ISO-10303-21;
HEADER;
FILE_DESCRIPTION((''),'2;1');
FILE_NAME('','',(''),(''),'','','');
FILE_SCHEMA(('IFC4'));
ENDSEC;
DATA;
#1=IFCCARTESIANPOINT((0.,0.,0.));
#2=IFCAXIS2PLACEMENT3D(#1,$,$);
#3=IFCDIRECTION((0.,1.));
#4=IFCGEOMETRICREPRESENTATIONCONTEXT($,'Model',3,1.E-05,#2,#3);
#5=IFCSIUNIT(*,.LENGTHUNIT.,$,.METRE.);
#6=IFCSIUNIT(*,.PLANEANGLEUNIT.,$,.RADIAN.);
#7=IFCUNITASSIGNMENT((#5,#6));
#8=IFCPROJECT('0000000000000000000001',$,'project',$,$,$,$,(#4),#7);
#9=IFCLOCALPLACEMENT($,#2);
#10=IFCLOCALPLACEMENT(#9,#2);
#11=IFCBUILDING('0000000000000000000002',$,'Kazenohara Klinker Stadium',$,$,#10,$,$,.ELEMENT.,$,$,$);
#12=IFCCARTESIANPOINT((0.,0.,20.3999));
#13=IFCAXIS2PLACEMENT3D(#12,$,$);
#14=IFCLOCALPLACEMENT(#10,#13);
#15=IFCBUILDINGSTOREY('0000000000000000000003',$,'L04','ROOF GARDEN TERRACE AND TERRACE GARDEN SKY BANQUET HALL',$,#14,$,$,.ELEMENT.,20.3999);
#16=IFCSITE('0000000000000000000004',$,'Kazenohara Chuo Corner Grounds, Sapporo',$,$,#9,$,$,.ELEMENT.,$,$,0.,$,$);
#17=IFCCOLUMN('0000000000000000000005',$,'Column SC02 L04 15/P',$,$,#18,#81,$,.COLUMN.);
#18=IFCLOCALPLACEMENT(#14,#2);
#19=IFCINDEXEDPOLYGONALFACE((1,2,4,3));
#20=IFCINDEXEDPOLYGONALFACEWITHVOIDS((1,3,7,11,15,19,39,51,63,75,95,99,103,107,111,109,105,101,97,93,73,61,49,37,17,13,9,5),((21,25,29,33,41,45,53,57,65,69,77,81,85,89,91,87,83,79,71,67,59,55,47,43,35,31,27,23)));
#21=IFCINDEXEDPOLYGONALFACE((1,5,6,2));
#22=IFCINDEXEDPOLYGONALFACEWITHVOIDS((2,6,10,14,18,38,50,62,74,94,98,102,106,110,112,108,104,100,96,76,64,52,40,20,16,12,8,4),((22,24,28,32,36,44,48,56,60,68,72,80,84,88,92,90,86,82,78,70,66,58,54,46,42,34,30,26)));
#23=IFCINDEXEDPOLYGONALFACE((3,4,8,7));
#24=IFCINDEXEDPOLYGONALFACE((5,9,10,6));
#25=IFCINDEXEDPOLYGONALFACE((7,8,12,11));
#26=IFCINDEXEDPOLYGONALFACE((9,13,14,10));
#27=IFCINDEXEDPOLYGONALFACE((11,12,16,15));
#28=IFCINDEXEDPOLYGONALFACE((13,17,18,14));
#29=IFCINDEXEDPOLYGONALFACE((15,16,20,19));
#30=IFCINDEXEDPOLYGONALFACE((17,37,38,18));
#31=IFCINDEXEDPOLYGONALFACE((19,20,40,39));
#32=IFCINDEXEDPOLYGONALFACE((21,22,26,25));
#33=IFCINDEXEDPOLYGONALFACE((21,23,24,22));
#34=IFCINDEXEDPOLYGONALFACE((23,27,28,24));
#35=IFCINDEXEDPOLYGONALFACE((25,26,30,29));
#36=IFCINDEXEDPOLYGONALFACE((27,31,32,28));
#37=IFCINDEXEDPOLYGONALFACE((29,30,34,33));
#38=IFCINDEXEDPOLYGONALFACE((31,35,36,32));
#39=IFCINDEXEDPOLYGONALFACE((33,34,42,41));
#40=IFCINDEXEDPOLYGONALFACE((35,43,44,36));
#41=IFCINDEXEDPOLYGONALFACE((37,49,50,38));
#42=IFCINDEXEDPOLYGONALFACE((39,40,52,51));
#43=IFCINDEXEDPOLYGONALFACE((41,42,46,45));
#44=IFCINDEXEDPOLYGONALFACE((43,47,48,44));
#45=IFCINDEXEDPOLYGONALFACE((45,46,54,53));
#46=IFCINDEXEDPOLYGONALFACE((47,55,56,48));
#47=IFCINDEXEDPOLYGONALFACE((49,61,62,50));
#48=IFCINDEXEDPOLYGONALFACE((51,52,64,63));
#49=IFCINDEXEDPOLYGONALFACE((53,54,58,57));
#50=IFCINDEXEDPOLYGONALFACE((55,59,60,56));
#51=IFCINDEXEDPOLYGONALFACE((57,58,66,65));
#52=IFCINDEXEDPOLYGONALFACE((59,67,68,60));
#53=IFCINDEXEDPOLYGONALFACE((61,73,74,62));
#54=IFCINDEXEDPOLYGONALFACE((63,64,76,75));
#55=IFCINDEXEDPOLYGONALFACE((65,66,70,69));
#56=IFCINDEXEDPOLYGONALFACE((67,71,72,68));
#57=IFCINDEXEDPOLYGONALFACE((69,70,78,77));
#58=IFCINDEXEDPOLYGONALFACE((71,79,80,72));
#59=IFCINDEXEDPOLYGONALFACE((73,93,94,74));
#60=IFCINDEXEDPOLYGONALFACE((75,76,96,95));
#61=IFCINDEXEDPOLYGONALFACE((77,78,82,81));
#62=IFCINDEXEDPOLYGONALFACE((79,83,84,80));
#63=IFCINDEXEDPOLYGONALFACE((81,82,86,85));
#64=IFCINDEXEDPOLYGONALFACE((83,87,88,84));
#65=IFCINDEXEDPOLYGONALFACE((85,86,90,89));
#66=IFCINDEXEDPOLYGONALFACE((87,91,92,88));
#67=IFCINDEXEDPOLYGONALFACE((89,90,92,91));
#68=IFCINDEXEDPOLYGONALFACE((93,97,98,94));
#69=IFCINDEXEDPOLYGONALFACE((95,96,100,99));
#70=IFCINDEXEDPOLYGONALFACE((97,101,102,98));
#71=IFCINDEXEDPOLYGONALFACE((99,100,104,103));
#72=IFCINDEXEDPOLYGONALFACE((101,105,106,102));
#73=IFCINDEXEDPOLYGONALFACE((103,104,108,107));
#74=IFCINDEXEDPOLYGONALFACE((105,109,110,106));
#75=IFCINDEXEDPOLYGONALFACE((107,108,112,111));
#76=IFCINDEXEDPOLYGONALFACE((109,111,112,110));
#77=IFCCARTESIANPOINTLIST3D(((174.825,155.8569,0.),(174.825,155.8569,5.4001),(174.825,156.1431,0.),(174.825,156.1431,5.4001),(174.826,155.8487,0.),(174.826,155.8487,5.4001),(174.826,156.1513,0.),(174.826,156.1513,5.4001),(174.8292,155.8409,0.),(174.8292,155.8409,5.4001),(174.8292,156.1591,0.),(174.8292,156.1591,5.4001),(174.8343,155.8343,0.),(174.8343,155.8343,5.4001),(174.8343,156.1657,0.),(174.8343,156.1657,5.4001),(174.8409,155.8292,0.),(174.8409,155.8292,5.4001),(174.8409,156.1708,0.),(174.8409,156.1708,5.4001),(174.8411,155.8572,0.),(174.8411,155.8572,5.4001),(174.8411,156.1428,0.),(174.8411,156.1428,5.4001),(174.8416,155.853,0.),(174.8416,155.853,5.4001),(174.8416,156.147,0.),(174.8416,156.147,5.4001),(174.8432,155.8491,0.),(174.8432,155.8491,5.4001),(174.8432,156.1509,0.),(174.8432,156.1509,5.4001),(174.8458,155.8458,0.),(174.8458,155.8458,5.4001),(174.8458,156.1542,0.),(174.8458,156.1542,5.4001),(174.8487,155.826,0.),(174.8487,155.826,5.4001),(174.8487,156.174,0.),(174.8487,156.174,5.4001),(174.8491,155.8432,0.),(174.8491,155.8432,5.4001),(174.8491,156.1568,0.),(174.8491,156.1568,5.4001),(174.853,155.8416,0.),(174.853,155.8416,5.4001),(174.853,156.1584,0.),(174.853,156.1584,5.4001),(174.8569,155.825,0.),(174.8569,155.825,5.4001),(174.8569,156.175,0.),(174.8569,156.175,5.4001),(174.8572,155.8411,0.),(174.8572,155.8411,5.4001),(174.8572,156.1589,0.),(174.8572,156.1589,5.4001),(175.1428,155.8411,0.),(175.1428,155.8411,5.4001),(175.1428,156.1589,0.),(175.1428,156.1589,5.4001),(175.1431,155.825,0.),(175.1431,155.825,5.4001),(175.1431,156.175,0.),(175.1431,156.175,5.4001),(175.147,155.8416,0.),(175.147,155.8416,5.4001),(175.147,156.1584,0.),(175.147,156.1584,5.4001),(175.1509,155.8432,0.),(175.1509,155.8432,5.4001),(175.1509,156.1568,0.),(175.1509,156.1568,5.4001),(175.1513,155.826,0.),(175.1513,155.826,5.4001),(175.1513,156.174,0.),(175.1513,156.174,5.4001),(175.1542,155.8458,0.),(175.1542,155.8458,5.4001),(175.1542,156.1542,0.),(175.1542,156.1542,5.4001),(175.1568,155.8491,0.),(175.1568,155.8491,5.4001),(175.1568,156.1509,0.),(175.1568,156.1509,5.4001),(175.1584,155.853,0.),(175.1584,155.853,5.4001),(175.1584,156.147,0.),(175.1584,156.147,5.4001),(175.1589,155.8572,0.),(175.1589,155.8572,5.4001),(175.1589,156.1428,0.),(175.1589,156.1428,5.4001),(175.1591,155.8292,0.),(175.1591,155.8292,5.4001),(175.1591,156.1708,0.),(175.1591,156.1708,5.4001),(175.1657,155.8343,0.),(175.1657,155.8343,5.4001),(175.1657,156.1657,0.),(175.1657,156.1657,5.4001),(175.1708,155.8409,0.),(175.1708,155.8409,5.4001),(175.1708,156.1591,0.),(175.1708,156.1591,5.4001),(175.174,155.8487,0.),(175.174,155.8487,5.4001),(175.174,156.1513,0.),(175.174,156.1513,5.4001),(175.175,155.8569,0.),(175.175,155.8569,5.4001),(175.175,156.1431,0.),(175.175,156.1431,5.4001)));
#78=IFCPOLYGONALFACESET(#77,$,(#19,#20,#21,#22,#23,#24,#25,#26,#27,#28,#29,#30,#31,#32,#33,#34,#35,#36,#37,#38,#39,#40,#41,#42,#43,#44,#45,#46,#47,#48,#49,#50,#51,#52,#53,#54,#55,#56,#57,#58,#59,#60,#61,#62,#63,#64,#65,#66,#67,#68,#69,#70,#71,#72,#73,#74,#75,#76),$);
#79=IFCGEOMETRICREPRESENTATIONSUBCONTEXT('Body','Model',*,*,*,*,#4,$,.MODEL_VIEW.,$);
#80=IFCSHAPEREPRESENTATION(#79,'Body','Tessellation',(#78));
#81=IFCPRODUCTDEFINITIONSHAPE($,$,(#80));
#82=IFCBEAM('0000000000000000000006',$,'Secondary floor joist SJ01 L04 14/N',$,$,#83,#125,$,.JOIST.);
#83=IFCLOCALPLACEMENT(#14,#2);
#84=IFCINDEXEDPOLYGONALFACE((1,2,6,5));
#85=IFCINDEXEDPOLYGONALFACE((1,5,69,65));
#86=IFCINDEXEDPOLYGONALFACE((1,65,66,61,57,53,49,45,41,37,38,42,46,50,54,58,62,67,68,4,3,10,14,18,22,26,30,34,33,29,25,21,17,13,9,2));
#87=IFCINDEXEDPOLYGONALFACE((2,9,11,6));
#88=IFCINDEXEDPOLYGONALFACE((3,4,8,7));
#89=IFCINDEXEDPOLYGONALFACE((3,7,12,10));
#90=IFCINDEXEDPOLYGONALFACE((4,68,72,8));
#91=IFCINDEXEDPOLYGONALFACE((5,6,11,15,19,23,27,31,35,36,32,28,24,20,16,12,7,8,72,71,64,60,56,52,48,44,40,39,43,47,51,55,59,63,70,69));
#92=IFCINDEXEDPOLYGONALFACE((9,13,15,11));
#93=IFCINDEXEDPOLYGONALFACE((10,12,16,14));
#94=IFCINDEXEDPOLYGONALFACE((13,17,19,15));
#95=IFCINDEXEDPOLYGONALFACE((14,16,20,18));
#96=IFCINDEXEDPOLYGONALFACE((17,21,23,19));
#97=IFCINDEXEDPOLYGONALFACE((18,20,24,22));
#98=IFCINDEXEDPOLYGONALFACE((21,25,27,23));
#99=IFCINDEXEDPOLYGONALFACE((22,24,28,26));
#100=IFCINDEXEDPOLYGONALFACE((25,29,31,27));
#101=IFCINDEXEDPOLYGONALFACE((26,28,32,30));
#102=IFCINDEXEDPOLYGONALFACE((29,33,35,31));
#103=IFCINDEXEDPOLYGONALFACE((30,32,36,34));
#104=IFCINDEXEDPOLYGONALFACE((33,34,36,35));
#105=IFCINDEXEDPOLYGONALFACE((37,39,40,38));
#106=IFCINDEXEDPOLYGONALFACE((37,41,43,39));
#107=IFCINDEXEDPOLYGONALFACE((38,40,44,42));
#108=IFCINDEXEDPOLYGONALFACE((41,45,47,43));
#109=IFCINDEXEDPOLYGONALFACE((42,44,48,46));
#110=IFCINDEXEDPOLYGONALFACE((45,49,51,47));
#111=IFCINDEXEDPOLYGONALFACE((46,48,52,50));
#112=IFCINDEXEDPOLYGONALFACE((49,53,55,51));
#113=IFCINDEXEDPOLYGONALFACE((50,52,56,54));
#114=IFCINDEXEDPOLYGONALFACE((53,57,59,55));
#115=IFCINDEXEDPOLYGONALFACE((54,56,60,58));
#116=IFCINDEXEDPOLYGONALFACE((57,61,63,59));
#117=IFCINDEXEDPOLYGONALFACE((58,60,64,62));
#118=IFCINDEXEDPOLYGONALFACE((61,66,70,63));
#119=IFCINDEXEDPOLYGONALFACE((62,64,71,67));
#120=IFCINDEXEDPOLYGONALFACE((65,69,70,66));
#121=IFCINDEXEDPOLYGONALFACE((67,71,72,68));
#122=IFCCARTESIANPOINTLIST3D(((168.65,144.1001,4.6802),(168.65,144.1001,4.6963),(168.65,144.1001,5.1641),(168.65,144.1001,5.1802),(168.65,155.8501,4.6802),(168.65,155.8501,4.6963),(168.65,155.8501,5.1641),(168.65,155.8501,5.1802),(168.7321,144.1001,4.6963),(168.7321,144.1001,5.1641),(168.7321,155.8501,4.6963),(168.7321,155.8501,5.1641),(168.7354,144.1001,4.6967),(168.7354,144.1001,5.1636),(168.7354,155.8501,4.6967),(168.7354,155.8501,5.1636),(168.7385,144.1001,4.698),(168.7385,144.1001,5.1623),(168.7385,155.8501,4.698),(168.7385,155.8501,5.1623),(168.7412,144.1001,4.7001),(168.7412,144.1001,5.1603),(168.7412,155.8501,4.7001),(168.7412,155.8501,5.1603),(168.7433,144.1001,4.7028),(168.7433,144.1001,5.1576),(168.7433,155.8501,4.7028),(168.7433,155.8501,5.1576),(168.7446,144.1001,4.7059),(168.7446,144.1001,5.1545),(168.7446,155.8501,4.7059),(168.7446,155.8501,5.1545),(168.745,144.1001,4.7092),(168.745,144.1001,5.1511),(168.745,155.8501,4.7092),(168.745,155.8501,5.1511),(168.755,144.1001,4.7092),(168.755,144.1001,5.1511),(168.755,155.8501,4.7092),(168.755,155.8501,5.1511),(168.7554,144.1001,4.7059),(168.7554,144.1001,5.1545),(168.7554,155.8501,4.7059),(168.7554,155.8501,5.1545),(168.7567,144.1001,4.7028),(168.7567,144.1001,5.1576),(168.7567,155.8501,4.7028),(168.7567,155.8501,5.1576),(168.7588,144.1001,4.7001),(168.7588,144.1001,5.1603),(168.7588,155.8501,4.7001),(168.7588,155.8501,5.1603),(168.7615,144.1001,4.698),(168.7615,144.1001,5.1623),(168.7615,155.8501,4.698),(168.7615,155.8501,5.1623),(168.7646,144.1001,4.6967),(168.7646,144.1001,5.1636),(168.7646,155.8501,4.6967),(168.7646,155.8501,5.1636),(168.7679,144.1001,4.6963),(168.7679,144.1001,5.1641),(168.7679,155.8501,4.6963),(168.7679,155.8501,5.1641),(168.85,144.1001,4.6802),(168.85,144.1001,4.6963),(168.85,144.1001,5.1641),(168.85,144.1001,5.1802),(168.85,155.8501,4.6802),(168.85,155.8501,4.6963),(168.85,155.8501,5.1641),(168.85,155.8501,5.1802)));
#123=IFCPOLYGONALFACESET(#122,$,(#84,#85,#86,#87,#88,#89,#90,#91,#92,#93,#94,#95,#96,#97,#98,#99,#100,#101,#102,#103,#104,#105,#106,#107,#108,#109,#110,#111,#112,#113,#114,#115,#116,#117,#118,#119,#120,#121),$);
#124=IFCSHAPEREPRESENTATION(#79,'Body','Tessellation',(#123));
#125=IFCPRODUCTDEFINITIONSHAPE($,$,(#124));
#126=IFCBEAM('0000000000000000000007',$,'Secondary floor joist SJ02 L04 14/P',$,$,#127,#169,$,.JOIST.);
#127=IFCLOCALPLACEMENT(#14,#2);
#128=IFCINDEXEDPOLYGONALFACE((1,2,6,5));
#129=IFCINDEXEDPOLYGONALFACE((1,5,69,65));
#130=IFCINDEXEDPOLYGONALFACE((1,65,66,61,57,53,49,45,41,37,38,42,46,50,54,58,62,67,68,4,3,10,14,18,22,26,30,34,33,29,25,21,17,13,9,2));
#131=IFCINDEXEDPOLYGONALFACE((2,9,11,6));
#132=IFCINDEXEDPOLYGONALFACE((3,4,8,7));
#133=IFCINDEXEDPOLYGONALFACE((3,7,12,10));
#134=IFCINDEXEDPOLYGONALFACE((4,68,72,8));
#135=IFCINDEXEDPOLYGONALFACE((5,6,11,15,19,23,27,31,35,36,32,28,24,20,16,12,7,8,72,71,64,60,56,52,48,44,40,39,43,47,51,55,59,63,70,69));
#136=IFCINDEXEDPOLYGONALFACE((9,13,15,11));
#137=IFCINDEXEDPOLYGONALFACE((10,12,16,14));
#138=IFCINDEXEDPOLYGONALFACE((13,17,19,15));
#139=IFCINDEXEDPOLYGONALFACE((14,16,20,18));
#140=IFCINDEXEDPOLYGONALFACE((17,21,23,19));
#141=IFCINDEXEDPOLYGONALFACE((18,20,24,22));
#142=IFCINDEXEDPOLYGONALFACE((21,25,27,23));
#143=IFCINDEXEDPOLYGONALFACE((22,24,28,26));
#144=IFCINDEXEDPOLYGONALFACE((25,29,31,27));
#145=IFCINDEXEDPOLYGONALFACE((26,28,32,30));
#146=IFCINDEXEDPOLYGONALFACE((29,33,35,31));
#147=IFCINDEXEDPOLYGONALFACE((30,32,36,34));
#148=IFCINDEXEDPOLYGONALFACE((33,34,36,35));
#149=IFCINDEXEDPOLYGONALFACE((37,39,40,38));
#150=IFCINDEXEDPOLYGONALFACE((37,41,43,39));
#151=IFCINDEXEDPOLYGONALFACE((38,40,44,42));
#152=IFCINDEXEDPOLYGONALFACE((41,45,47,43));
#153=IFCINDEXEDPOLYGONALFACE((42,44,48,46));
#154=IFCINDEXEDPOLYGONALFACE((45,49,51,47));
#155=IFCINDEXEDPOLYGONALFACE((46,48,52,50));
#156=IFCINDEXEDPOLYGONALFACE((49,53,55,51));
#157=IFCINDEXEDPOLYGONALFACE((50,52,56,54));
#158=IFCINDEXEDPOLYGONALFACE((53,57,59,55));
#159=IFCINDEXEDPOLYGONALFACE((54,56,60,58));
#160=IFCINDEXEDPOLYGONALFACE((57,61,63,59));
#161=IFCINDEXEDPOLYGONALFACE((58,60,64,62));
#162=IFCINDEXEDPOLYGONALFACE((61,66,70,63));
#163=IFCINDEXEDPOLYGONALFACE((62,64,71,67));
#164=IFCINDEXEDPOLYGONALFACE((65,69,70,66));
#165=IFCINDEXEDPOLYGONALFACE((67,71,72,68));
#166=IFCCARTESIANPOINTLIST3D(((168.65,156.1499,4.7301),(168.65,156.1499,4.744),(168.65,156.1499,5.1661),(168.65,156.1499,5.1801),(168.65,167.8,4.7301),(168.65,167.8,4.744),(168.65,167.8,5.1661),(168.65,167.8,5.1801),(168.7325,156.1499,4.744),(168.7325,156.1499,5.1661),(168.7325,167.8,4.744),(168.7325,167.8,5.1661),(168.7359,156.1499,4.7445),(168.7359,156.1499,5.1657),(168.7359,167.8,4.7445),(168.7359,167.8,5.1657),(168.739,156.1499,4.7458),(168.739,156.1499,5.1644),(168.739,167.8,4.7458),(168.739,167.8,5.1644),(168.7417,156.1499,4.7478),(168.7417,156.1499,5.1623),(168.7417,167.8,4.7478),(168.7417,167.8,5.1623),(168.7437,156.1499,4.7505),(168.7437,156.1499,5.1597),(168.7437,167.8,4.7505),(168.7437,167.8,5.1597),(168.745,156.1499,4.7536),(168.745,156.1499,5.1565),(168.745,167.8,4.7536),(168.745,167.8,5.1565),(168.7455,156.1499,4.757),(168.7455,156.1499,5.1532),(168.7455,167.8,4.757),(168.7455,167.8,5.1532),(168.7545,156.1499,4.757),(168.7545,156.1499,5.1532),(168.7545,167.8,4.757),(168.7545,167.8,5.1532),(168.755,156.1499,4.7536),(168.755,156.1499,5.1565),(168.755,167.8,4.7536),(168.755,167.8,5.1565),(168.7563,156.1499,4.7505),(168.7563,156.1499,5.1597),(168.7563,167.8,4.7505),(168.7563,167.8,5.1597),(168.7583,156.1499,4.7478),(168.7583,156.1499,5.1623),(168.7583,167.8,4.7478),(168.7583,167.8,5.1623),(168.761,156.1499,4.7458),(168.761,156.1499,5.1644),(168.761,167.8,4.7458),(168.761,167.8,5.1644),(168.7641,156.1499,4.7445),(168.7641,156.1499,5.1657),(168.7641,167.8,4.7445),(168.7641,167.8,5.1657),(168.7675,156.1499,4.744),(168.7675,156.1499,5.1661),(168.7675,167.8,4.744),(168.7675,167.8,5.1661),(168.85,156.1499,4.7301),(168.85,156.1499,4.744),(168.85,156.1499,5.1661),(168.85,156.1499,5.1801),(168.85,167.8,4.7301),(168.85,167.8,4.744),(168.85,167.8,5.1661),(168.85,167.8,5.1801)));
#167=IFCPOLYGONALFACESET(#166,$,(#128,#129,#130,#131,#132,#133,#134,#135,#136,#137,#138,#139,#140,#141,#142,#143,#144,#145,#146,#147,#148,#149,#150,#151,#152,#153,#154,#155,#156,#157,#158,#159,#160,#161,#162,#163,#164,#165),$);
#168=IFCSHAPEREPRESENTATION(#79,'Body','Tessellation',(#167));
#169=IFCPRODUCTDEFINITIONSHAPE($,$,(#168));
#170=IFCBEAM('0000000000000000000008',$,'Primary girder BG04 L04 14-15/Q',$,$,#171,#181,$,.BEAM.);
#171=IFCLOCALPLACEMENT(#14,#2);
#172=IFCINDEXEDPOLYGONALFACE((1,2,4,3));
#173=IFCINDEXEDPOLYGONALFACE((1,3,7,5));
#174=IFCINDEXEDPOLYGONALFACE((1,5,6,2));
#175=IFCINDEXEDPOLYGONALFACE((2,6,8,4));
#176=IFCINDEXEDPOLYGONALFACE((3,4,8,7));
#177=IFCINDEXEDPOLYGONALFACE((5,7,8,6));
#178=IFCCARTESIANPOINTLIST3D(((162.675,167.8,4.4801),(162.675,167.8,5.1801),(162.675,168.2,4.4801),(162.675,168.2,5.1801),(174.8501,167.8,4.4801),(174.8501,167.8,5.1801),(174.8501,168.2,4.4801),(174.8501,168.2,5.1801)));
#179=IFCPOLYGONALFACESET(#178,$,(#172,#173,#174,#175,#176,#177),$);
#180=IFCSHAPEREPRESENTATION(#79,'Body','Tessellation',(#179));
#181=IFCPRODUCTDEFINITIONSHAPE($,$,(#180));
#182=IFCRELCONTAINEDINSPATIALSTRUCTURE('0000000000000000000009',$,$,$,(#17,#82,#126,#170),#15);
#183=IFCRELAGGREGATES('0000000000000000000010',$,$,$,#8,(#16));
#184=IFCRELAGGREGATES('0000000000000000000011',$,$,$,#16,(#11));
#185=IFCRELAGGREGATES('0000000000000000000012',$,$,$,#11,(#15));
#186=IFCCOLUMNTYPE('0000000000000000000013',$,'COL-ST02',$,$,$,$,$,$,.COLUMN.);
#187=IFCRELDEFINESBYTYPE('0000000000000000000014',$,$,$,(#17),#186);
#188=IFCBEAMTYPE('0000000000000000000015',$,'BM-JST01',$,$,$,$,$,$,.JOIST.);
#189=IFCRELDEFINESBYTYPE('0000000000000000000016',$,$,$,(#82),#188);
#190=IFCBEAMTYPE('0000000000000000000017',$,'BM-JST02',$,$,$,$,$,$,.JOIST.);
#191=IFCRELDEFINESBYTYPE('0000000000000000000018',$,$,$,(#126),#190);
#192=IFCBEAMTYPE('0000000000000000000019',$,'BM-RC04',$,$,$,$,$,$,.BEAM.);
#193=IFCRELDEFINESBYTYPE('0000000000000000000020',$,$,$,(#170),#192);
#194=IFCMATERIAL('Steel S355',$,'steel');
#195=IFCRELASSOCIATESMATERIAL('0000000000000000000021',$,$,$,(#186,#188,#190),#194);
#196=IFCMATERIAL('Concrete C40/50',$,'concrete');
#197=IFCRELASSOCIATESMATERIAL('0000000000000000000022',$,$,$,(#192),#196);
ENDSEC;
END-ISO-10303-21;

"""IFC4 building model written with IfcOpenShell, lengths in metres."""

from ifc_helpers import new_model, si_unit, direction, frame, origin, origin_2d, place, context, subcontext, project, spatial, rectangle, hollow_rectangle, i_section, extrude, material, material_profile, profile_set, type_object, element, save


model = new_model("IFC4")

# Units and contexts
model_context = context("Model", 3, precision=1e-05, world=origin(), true_north=direction((0.0, 1.0)))
body_context = subcontext(model_context, "Body", "Model", "MODEL_VIEW")
ifc_project = project(units=[si_unit("LENGTHUNIT", "METRE"), si_unit("PLANEANGLEUNIT", "RADIAN")], contexts=[model_context])

# Site, building, storey
site_placement = place(None, origin())
site = spatial("IfcSite", under=ifc_project, at=site_placement, Name="Kazenohara Chuo Corner Grounds, Sapporo", CompositionType="ELEMENT", RefElevation=0.0)
building_placement = place(site_placement, origin())
building = spatial("IfcBuilding", under=site, at=building_placement, Name="Kazenohara Klinker Stadium", CompositionType="ELEMENT")
storey_placement = place(building_placement, frame((0.0, 0.0, 20.3999)))
storey = spatial("IfcBuildingStorey", under=building, at=storey_placement, Name="L04", Description="ROOF GARDEN TERRACE AND TERRACE GARDEN SKY BANQUET HALL", CompositionType="ELEMENT", Elevation=20.3999)

# Column
ifc_material_1 = material(Name="Steel S355", Category="steel")
ifc_material_profile_1 = material_profile(ifc_material_1, hollow_rectangle(XDim=0.3501, YDim=0.3501, WallThickness=0.0161, InnerFilletRadius=0.0161, OuterFilletRadius=0.032, at=origin_2d()), Name="SHS-350x350x16")
ifc_profile_set_1 = profile_set([ifc_material_profile_1], Name="Steel S355")
column_type_1 = type_object("IfcColumnType", Name="COL-ST02", PredefinedType="COLUMN", material=ifc_profile_set_1)
for number, where, z_axis, x_axis, name in (
    (1, (175.0, 156.0, 0.0), (0.0, 0.0, 1.0), (1.0, 0.0, 0.0), "Column SC02 L04 15/P"),
):
    element("IfcColumn", number, at=place(storey_placement, frame(where, z_axis=z_axis, x_axis=x_axis)), inside=storey, type_object=column_type_1, Name=name, PredefinedType="COLUMN", context=body_context, shape_type="SweptSolid", body=[
        extrude(hollow_rectangle(XDim=0.3501, YDim=0.3501, WallThickness=0.0161, InnerFilletRadius=0.0161, OuterFilletRadius=0.032, at=origin_2d()), origin(), (0.0, 0.0, 1.0), 5.4001),
    ])

# Beams
ifc_material_profile_2 = material_profile(ifc_material_1, i_section(OverallWidth=0.2, OverallDepth=0.5, WebThickness=0.01, FlangeThickness=0.0161, FilletRadius=0.0129, at=origin_2d()), Name="H-500x200x10x16")
ifc_profile_set_2 = profile_set([ifc_material_profile_2], Name="Steel S355")
beam_type_1 = type_object("IfcBeamType", Name="BM-JST01", PredefinedType="JOIST", material=ifc_profile_set_2)
beam_1_placement = place(storey_placement, frame((168.75, 144.1001, 4.9302), z_axis=(0.0, 1.0, 0.0), x_axis=(-1.0, 0.0, 0.0)))
element("IfcBeam", 2, at=beam_1_placement, inside=storey, type_object=beam_type_1, Name="Secondary floor joist SJ01 L04 14/N", PredefinedType="JOIST", context=body_context, shape_type="SweptSolid", body=[
    extrude(i_section(OverallWidth=0.2, OverallDepth=0.5, WebThickness=0.01, FlangeThickness=0.0161, FilletRadius=0.0129, at=origin_2d()), origin(), (0.0, 0.0, 1.0), 11.75),
])
ifc_material_profile_3 = material_profile(ifc_material_1, i_section(OverallWidth=0.2, OverallDepth=0.45, WebThickness=0.009, FlangeThickness=0.0139, FilletRadius=0.0129, at=origin_2d()), Name="H-450x200x9x14")
ifc_profile_set_3 = profile_set([ifc_material_profile_3], Name="Steel S355")
beam_type_2 = type_object("IfcBeamType", Name="BM-JST02", PredefinedType="JOIST", material=ifc_profile_set_3)
beam_2_placement = place(storey_placement, frame((168.75, 156.1499, 4.9551), z_axis=(0.0, 1.0, 0.0), x_axis=(-1.0, 0.0, 0.0)))
element("IfcBeam", 3, at=beam_2_placement, inside=storey, type_object=beam_type_2, Name="Secondary floor joist SJ02 L04 14/P", PredefinedType="JOIST", context=body_context, shape_type="SweptSolid", body=[
    extrude(i_section(OverallWidth=0.2, OverallDepth=0.45, WebThickness=0.009, FlangeThickness=0.0139, FilletRadius=0.0129, at=origin_2d()), origin(), (0.0, 0.0, 1.0), 11.6501),
])
ifc_material_2 = material(Name="Concrete C40/50", Category="concrete")
ifc_material_profile_4 = material_profile(ifc_material_2, rectangle(XDim=0.3999, YDim=0.7, at=origin_2d()), Name="RC-BM-400x700")
ifc_profile_set_4 = profile_set([ifc_material_profile_4], Name="Concrete C40/50")
beam_type_3 = type_object("IfcBeamType", Name="BM-RC04", PredefinedType="BEAM", material=ifc_profile_set_4)
beam_3_placement = place(storey_placement, frame((162.675, 168.0, 4.8301), z_axis=(1.0, 0.0, 0.0), x_axis=(0.0, 1.0, 0.0)))
element("IfcBeam", 4, at=beam_3_placement, inside=storey, type_object=beam_type_3, Name="Primary girder BG04 L04 14-15/Q", PredefinedType="BEAM", context=body_context, shape_type="SweptSolid", body=[
    extrude(rectangle(XDim=0.3999, YDim=0.7, at=origin_2d()), origin(), (0.0, 0.0, 1.0), 12.175),
])

save(model, "model.ifc")
